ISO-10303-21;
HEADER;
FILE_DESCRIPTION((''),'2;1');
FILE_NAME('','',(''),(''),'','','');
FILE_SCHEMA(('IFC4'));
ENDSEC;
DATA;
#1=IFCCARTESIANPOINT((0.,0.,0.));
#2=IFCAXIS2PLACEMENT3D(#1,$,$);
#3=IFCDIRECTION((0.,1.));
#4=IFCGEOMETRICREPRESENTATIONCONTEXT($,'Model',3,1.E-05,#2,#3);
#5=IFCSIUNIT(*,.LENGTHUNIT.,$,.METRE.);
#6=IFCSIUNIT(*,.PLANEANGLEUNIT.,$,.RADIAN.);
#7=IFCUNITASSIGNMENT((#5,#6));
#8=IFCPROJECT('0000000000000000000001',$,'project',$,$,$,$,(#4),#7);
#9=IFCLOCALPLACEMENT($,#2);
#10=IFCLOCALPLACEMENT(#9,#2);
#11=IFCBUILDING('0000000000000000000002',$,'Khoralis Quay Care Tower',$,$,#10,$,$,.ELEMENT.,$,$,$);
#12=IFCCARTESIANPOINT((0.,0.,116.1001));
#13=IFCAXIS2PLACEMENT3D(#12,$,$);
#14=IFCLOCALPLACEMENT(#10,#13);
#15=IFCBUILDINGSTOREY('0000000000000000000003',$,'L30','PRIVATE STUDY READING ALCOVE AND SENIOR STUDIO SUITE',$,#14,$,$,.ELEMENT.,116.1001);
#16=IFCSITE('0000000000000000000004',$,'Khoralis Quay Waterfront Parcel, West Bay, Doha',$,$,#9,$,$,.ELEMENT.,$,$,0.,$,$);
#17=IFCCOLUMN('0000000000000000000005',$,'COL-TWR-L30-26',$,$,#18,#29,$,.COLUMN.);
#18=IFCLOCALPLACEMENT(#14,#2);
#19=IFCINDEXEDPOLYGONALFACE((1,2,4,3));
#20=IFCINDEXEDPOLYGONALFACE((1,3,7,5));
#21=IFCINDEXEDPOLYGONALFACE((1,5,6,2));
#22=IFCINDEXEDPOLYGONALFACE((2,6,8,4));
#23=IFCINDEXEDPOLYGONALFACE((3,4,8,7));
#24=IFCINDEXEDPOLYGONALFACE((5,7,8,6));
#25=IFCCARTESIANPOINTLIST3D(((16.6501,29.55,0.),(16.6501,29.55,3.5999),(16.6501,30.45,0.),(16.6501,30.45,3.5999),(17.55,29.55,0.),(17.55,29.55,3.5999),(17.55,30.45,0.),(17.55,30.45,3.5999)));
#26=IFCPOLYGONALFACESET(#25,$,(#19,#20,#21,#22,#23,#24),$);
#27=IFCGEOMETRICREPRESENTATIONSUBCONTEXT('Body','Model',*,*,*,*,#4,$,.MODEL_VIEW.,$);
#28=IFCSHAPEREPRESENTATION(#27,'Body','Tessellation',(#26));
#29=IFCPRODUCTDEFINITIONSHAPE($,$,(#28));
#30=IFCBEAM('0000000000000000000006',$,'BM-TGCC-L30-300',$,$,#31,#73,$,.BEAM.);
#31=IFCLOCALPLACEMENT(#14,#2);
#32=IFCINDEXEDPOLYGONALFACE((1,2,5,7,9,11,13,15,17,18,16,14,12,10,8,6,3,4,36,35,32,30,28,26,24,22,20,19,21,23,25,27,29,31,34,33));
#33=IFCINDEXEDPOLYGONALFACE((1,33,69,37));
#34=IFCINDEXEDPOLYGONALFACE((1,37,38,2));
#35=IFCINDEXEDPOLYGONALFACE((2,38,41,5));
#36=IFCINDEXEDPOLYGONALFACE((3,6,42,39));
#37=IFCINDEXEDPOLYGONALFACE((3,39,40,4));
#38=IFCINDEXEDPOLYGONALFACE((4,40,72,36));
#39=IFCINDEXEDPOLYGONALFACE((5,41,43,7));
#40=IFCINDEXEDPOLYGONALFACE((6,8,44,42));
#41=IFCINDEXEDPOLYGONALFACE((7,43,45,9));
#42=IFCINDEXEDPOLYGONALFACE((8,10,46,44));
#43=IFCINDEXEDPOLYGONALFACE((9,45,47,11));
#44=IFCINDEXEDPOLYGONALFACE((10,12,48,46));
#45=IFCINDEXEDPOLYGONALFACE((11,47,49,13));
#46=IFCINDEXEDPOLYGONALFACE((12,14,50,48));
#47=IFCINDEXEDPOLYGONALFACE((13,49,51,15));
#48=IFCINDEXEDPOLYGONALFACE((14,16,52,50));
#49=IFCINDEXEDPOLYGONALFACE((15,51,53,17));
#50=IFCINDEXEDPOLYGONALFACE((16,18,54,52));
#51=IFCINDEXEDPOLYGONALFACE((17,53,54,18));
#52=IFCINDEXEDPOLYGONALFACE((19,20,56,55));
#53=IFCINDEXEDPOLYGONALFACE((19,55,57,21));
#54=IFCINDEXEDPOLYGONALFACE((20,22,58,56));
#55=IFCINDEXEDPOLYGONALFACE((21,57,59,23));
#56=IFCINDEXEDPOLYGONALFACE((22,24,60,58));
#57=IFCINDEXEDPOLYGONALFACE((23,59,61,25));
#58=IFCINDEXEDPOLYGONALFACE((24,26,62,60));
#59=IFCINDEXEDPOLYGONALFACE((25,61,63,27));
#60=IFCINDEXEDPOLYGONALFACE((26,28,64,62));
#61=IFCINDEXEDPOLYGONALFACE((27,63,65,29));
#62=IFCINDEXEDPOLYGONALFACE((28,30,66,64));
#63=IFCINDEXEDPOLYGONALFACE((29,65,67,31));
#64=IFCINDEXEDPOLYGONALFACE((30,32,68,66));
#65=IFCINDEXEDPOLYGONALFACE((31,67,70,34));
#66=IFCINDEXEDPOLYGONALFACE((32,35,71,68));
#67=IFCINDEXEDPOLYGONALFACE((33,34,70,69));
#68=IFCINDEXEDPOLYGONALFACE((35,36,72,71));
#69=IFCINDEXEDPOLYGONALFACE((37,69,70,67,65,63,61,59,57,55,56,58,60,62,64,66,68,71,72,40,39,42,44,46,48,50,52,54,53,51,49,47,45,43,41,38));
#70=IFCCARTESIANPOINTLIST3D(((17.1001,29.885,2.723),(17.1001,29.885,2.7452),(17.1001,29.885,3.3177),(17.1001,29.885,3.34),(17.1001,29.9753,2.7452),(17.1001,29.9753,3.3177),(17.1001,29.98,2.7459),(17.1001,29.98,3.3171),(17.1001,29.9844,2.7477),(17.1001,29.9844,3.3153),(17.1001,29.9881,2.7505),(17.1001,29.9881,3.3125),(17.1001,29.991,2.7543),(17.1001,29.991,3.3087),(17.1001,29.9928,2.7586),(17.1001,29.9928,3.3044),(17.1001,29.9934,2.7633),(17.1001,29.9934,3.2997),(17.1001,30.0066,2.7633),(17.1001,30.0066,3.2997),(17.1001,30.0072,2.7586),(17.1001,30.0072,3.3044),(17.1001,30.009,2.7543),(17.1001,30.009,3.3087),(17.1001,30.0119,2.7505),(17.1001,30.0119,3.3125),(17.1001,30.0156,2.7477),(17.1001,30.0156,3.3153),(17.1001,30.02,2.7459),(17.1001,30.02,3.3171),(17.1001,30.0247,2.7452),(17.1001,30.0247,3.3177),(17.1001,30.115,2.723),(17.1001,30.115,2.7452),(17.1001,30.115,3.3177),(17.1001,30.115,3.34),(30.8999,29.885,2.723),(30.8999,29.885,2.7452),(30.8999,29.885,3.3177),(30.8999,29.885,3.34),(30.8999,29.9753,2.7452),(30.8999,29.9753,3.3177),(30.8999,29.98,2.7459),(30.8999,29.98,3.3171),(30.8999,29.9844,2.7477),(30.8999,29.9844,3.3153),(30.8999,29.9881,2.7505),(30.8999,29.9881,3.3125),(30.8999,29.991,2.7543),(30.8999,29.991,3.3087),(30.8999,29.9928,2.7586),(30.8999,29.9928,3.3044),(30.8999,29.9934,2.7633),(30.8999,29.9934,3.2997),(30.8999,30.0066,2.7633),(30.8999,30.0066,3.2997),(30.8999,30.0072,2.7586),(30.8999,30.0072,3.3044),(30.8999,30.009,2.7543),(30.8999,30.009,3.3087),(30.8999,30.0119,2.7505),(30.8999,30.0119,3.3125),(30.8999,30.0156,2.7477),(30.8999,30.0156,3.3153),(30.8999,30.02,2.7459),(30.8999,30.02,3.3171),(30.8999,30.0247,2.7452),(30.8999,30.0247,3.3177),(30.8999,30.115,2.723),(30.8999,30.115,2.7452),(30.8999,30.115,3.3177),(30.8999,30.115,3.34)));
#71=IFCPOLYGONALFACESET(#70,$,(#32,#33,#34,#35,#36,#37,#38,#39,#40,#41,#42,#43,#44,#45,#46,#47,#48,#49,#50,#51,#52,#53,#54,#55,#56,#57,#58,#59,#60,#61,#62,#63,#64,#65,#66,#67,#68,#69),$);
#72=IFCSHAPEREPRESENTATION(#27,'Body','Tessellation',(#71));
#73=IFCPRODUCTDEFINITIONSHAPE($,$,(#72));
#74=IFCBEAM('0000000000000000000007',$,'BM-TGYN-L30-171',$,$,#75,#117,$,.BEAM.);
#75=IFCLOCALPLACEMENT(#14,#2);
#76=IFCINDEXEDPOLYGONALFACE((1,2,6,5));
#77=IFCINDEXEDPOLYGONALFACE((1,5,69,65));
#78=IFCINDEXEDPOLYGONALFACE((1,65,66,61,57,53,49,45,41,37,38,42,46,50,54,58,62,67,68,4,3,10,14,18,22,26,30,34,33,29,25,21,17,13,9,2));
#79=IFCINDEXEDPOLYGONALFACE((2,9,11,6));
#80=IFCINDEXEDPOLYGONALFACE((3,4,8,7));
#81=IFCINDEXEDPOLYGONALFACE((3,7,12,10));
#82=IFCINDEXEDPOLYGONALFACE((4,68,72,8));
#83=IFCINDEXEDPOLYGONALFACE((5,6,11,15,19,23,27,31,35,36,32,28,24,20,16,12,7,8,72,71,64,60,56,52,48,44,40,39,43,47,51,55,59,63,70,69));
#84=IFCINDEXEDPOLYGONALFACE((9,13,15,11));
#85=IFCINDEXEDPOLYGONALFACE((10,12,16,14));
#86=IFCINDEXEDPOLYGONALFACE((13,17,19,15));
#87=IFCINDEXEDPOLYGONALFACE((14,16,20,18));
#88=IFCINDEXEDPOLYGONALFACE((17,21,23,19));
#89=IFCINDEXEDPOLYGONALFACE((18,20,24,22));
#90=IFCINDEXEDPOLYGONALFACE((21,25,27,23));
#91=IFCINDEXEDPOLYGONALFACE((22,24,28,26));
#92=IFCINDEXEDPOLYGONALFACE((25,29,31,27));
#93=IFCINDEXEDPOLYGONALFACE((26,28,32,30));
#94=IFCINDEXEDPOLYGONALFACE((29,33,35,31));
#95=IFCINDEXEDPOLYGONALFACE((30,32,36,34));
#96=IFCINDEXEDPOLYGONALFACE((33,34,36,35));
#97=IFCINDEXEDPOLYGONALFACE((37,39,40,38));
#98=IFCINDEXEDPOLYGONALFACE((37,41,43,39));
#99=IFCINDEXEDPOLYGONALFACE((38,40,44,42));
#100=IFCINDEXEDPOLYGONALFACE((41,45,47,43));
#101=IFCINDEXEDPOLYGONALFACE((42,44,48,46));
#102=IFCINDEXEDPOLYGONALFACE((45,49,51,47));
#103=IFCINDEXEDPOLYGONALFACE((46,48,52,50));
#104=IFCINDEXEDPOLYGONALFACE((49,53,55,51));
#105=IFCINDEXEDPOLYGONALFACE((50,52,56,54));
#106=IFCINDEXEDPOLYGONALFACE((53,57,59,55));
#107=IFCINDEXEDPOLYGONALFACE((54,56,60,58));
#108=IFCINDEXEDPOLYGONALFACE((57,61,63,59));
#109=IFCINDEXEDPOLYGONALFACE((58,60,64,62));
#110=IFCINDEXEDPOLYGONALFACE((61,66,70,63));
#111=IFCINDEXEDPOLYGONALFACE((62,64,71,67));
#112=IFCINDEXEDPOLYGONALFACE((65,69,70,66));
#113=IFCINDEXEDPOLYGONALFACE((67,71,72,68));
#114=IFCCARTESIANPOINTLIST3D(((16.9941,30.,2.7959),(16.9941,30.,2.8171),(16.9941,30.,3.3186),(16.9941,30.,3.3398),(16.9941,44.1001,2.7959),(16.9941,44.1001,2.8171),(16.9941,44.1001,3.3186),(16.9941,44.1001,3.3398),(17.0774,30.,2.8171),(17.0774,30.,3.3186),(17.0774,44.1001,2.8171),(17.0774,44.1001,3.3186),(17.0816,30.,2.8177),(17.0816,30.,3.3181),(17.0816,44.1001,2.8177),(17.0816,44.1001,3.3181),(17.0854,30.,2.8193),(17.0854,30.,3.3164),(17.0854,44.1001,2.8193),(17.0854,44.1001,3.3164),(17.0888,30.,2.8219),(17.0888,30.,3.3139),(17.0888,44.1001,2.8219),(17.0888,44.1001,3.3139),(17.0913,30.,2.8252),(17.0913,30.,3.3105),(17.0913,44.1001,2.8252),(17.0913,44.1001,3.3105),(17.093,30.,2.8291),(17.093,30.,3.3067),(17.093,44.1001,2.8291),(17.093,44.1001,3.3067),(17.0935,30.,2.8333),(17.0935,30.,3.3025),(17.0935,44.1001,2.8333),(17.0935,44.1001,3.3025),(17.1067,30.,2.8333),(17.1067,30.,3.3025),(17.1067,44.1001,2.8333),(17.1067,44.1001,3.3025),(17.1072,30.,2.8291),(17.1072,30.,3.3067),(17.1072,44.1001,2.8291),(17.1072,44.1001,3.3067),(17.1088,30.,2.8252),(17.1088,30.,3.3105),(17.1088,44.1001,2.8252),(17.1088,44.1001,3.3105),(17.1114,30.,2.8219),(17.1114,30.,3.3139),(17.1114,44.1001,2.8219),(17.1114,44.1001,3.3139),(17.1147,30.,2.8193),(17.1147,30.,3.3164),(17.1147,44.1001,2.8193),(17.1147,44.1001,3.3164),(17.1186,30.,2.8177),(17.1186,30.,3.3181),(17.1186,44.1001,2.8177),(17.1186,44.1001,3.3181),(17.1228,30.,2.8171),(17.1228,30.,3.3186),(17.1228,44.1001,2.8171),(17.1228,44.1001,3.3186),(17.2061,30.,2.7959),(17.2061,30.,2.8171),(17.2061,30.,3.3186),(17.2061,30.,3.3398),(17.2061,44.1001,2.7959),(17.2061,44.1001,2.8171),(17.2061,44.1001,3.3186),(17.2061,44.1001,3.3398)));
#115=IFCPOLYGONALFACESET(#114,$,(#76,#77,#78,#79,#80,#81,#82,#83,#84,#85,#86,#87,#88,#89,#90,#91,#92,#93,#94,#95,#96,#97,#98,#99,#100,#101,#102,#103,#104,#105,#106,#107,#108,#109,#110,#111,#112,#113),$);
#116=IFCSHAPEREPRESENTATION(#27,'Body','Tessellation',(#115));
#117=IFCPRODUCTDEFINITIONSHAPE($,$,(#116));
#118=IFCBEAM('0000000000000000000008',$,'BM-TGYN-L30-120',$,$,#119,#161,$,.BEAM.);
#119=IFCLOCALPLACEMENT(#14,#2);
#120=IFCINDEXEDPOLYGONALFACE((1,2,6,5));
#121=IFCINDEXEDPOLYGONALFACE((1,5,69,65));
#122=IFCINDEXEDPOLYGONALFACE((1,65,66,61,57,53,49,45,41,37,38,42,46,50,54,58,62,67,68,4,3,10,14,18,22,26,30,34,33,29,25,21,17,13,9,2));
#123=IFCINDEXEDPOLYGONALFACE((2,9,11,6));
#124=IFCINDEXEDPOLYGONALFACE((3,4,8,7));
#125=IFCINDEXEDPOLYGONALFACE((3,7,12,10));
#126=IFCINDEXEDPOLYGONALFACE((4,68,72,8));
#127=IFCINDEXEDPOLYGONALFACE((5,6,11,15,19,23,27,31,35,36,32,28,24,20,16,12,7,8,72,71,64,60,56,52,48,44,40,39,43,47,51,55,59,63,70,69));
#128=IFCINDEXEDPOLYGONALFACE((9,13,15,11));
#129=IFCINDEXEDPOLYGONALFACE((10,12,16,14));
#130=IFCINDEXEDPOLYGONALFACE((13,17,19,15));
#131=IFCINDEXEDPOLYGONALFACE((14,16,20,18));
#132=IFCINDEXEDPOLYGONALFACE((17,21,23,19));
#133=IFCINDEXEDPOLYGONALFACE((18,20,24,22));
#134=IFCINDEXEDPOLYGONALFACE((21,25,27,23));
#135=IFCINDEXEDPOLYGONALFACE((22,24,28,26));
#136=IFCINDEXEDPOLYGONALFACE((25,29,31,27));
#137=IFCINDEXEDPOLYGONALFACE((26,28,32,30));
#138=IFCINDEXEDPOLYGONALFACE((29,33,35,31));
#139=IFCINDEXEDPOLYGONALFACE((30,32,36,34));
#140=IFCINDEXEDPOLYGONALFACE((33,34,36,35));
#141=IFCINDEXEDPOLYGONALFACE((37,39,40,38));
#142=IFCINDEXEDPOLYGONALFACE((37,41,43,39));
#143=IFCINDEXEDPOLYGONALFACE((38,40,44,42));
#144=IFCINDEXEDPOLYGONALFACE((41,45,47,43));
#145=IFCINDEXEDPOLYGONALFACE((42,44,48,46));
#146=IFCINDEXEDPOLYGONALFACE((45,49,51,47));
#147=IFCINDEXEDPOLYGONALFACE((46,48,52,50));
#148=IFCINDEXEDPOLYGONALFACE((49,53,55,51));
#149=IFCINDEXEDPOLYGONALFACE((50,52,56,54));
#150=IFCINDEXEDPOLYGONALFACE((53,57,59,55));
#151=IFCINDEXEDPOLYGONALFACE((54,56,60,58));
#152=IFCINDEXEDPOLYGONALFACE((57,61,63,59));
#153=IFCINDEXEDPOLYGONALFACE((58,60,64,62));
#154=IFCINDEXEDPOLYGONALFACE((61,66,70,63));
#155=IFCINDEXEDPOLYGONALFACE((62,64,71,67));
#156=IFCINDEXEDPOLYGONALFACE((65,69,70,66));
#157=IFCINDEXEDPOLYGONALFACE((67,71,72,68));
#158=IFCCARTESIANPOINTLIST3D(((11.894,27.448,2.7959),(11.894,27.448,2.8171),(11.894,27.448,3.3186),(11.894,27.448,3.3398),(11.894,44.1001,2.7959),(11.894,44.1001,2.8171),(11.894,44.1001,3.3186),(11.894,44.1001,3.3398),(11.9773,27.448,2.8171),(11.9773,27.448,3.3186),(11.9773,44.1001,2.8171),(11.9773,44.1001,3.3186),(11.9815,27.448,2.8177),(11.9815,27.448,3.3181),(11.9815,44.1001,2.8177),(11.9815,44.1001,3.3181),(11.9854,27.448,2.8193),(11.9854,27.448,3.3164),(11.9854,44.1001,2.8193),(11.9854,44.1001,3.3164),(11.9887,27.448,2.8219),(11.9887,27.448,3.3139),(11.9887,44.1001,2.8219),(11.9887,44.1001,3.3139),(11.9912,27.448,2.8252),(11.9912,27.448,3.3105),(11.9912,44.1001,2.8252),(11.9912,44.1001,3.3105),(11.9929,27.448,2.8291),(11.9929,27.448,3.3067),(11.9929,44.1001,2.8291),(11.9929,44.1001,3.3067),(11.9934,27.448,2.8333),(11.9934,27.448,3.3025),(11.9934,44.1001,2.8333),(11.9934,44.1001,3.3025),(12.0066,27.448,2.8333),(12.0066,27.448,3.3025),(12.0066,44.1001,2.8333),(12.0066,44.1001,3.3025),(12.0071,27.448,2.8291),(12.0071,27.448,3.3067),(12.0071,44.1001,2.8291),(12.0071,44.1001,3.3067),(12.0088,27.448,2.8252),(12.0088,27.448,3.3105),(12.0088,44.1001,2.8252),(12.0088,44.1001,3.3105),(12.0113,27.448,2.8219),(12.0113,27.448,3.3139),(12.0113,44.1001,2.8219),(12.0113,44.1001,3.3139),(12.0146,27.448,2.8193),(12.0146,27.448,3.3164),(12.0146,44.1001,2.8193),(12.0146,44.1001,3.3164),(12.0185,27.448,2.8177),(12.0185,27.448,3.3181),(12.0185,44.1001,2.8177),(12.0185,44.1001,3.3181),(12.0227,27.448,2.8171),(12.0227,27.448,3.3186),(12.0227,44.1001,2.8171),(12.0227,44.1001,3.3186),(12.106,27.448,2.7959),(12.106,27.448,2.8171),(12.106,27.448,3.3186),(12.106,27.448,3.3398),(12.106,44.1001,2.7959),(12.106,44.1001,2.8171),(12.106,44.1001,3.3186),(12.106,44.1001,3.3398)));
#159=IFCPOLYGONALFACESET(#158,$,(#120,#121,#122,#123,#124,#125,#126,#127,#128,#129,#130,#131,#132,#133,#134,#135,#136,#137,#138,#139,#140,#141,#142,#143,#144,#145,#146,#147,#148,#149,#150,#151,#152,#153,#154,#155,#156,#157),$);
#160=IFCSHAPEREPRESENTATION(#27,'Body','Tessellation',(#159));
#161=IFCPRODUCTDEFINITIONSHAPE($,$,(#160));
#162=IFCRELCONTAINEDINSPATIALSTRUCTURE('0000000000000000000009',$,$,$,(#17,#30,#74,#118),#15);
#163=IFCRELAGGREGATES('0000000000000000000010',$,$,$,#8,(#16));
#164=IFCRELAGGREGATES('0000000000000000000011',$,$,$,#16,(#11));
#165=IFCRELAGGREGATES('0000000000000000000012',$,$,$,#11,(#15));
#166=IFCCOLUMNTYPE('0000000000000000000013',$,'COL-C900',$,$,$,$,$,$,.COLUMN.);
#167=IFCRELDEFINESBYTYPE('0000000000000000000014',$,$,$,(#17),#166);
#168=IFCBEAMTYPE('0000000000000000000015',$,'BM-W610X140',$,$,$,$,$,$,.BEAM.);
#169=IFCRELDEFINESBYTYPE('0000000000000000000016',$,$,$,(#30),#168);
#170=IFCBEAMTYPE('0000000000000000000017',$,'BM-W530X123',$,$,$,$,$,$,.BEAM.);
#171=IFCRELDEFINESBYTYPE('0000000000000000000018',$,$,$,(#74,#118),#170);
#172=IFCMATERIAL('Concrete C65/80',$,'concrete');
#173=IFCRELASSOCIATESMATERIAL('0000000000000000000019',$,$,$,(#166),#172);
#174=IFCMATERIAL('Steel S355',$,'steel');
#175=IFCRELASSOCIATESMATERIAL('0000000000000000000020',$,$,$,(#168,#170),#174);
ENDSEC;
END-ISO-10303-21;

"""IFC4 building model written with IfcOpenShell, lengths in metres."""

from ifc_helpers import new_model, si_unit, direction, frame, origin, origin_2d, place, context, subcontext, project, spatial, rectangle, i_section, extrude, source, transform, mapped, material, material_profile, profile_set, type_object, element, save


model = new_model("IFC4")

# Units and contexts
model_context = context("Model", 3, precision=1e-05, world=origin(), true_north=direction((0.0, 1.0)))
body_context = subcontext(model_context, "Body", "Model", "MODEL_VIEW")
ifc_project = project(units=[si_unit("LENGTHUNIT", "METRE"), si_unit("PLANEANGLEUNIT", "RADIAN")], contexts=[model_context])

# Site, building, storey
site_placement = place(None, origin())
site = spatial("IfcSite", under=ifc_project, at=site_placement, Name="Khoralis Quay Waterfront Parcel, West Bay, Doha", CompositionType="ELEMENT", RefElevation=0.0)
building_placement = place(site_placement, origin())
building = spatial("IfcBuilding", under=site, at=building_placement, Name="Khoralis Quay Care Tower", CompositionType="ELEMENT")
storey_placement = place(building_placement, frame((0.0, 0.0, 116.1001)))
storey = spatial("IfcBuildingStorey", under=building, at=storey_placement, Name="L30", Description="PRIVATE STUDY READING ALCOVE AND SENIOR STUDIO SUITE", CompositionType="ELEMENT", Elevation=116.1001)

# Column
ifc_material_1 = material(Name="Concrete C65/80", Category="concrete")
ifc_material_profile_1 = material_profile(ifc_material_1, rectangle(XDim=0.8999, YDim=0.8999, at=origin_2d()), Name="Concrete C65/80")
ifc_profile_set_1 = profile_set([ifc_material_profile_1], Name="Concrete C65/80")
column_type = type_object("IfcColumnType", Name="COL-C900", PredefinedType="COLUMN", material=ifc_profile_set_1)
shared_shape_1 = source(origin(), body_context, "Body", "SweptSolid", [
    extrude(rectangle(XDim=0.8999, YDim=0.8999, at=origin_2d()), origin(), (0.0, 0.0, 1.0), 3.5999),
])
column_placement = place(storey_placement, frame((17.1001, 30.0, 0.0), z_axis=(0.0, 0.0, 1.0), x_axis=(1.0, 0.0, 0.0)))
element("IfcColumn", 1, at=column_placement, inside=storey, type_object=column_type, Name="COL-TWR-L30-26", PredefinedType="COLUMN", context=body_context, shape_type="MappedRepresentation", body=[
    mapped(shared_shape_1, transform((0.0, 0.0, 0.0), scale=1.0)),
])

# Beams
ifc_material_2 = material(Name="Steel S355", Category="steel")
ifc_material_profile_2 = material_profile(ifc_material_2, i_section(OverallWidth=0.23, OverallDepth=0.6169, WebThickness=0.0132, FlangeThickness=0.0222, FilletRadius=0.0181, at=origin_2d()), Name="Steel S355")
ifc_profile_set_2 = profile_set([ifc_material_profile_2], Name="Steel S355")
beam_type_1 = type_object("IfcBeamType", Name="BM-W610X140", PredefinedType="BEAM", material=ifc_profile_set_2)
shared_shape_2 = source(origin(), body_context, "Body", "SweptSolid", [
    extrude(i_section(OverallWidth=0.23, OverallDepth=0.6169, WebThickness=0.0132, FlangeThickness=0.0222, FilletRadius=0.0181, at=origin_2d()), origin(), (0.0, 0.0, 1.0), 13.7998),
])
beam_1_placement = place(storey_placement, frame((17.1001, 30.0, 3.0315), z_axis=(1.0, 0.0, 0.0), x_axis=(0.0, 1.0, 0.0)))
element("IfcBeam", 2, at=beam_1_placement, inside=storey, type_object=beam_type_1, Name="BM-TGCC-L30-300", PredefinedType="BEAM", context=body_context, shape_type="MappedRepresentation", body=[
    mapped(shared_shape_2, transform((0.0, 0.0, 0.0), scale=1.0)),
])
ifc_material_profile_3 = material_profile(ifc_material_2, i_section(OverallWidth=0.2119, OverallDepth=0.5439, WebThickness=0.0132, FlangeThickness=0.0212, FilletRadius=0.0161, at=origin_2d()), Name="Steel S355")
ifc_profile_set_3 = profile_set([ifc_material_profile_3], Name="Steel S355")
beam_type_2 = type_object("IfcBeamType", Name="BM-W530X123", PredefinedType="BEAM", material=ifc_profile_set_3)
shared_shape_3 = source(origin(), body_context, "Body", "SweptSolid", [
    extrude(i_section(OverallWidth=0.2119, OverallDepth=0.5439, WebThickness=0.0132, FlangeThickness=0.0212, FilletRadius=0.0161, at=origin_2d()), origin(), (0.0, 0.0, 1.0), 14.1001),
])
beam_2_placement = place(storey_placement, frame((17.1001, 30.0, 3.0679), z_axis=(0.0, 1.0, 0.0), x_axis=(-1.0, 0.0, 0.0)))
element("IfcBeam", 3, at=beam_2_placement, inside=storey, type_object=beam_type_2, Name="BM-TGYN-L30-171", PredefinedType="BEAM", context=body_context, shape_type="MappedRepresentation", body=[
    mapped(shared_shape_3, transform((0.0, 0.0, 0.0), scale=1.0)),
])
shared_shape_4 = source(origin(), body_context, "Body", "SweptSolid", [
    extrude(i_section(OverallWidth=0.2119, OverallDepth=0.5439, WebThickness=0.0132, FlangeThickness=0.0212, FilletRadius=0.0161, at=origin_2d()), origin(), (0.0, 0.0, 1.0), 16.6521),
])
beam_3_placement = place(storey_placement, frame((12.0, 27.448, 3.0679), z_axis=(0.0, 1.0, 0.0), x_axis=(-1.0, 0.0, 0.0)))
element("IfcBeam", 4, at=beam_3_placement, inside=storey, type_object=beam_type_2, Name="BM-TGYN-L30-120", PredefinedType="BEAM", context=body_context, shape_type="MappedRepresentation", body=[
    mapped(shared_shape_4, transform((0.0, 0.0, 0.0), scale=1.0)),
])

save(model, "model.ifc")
